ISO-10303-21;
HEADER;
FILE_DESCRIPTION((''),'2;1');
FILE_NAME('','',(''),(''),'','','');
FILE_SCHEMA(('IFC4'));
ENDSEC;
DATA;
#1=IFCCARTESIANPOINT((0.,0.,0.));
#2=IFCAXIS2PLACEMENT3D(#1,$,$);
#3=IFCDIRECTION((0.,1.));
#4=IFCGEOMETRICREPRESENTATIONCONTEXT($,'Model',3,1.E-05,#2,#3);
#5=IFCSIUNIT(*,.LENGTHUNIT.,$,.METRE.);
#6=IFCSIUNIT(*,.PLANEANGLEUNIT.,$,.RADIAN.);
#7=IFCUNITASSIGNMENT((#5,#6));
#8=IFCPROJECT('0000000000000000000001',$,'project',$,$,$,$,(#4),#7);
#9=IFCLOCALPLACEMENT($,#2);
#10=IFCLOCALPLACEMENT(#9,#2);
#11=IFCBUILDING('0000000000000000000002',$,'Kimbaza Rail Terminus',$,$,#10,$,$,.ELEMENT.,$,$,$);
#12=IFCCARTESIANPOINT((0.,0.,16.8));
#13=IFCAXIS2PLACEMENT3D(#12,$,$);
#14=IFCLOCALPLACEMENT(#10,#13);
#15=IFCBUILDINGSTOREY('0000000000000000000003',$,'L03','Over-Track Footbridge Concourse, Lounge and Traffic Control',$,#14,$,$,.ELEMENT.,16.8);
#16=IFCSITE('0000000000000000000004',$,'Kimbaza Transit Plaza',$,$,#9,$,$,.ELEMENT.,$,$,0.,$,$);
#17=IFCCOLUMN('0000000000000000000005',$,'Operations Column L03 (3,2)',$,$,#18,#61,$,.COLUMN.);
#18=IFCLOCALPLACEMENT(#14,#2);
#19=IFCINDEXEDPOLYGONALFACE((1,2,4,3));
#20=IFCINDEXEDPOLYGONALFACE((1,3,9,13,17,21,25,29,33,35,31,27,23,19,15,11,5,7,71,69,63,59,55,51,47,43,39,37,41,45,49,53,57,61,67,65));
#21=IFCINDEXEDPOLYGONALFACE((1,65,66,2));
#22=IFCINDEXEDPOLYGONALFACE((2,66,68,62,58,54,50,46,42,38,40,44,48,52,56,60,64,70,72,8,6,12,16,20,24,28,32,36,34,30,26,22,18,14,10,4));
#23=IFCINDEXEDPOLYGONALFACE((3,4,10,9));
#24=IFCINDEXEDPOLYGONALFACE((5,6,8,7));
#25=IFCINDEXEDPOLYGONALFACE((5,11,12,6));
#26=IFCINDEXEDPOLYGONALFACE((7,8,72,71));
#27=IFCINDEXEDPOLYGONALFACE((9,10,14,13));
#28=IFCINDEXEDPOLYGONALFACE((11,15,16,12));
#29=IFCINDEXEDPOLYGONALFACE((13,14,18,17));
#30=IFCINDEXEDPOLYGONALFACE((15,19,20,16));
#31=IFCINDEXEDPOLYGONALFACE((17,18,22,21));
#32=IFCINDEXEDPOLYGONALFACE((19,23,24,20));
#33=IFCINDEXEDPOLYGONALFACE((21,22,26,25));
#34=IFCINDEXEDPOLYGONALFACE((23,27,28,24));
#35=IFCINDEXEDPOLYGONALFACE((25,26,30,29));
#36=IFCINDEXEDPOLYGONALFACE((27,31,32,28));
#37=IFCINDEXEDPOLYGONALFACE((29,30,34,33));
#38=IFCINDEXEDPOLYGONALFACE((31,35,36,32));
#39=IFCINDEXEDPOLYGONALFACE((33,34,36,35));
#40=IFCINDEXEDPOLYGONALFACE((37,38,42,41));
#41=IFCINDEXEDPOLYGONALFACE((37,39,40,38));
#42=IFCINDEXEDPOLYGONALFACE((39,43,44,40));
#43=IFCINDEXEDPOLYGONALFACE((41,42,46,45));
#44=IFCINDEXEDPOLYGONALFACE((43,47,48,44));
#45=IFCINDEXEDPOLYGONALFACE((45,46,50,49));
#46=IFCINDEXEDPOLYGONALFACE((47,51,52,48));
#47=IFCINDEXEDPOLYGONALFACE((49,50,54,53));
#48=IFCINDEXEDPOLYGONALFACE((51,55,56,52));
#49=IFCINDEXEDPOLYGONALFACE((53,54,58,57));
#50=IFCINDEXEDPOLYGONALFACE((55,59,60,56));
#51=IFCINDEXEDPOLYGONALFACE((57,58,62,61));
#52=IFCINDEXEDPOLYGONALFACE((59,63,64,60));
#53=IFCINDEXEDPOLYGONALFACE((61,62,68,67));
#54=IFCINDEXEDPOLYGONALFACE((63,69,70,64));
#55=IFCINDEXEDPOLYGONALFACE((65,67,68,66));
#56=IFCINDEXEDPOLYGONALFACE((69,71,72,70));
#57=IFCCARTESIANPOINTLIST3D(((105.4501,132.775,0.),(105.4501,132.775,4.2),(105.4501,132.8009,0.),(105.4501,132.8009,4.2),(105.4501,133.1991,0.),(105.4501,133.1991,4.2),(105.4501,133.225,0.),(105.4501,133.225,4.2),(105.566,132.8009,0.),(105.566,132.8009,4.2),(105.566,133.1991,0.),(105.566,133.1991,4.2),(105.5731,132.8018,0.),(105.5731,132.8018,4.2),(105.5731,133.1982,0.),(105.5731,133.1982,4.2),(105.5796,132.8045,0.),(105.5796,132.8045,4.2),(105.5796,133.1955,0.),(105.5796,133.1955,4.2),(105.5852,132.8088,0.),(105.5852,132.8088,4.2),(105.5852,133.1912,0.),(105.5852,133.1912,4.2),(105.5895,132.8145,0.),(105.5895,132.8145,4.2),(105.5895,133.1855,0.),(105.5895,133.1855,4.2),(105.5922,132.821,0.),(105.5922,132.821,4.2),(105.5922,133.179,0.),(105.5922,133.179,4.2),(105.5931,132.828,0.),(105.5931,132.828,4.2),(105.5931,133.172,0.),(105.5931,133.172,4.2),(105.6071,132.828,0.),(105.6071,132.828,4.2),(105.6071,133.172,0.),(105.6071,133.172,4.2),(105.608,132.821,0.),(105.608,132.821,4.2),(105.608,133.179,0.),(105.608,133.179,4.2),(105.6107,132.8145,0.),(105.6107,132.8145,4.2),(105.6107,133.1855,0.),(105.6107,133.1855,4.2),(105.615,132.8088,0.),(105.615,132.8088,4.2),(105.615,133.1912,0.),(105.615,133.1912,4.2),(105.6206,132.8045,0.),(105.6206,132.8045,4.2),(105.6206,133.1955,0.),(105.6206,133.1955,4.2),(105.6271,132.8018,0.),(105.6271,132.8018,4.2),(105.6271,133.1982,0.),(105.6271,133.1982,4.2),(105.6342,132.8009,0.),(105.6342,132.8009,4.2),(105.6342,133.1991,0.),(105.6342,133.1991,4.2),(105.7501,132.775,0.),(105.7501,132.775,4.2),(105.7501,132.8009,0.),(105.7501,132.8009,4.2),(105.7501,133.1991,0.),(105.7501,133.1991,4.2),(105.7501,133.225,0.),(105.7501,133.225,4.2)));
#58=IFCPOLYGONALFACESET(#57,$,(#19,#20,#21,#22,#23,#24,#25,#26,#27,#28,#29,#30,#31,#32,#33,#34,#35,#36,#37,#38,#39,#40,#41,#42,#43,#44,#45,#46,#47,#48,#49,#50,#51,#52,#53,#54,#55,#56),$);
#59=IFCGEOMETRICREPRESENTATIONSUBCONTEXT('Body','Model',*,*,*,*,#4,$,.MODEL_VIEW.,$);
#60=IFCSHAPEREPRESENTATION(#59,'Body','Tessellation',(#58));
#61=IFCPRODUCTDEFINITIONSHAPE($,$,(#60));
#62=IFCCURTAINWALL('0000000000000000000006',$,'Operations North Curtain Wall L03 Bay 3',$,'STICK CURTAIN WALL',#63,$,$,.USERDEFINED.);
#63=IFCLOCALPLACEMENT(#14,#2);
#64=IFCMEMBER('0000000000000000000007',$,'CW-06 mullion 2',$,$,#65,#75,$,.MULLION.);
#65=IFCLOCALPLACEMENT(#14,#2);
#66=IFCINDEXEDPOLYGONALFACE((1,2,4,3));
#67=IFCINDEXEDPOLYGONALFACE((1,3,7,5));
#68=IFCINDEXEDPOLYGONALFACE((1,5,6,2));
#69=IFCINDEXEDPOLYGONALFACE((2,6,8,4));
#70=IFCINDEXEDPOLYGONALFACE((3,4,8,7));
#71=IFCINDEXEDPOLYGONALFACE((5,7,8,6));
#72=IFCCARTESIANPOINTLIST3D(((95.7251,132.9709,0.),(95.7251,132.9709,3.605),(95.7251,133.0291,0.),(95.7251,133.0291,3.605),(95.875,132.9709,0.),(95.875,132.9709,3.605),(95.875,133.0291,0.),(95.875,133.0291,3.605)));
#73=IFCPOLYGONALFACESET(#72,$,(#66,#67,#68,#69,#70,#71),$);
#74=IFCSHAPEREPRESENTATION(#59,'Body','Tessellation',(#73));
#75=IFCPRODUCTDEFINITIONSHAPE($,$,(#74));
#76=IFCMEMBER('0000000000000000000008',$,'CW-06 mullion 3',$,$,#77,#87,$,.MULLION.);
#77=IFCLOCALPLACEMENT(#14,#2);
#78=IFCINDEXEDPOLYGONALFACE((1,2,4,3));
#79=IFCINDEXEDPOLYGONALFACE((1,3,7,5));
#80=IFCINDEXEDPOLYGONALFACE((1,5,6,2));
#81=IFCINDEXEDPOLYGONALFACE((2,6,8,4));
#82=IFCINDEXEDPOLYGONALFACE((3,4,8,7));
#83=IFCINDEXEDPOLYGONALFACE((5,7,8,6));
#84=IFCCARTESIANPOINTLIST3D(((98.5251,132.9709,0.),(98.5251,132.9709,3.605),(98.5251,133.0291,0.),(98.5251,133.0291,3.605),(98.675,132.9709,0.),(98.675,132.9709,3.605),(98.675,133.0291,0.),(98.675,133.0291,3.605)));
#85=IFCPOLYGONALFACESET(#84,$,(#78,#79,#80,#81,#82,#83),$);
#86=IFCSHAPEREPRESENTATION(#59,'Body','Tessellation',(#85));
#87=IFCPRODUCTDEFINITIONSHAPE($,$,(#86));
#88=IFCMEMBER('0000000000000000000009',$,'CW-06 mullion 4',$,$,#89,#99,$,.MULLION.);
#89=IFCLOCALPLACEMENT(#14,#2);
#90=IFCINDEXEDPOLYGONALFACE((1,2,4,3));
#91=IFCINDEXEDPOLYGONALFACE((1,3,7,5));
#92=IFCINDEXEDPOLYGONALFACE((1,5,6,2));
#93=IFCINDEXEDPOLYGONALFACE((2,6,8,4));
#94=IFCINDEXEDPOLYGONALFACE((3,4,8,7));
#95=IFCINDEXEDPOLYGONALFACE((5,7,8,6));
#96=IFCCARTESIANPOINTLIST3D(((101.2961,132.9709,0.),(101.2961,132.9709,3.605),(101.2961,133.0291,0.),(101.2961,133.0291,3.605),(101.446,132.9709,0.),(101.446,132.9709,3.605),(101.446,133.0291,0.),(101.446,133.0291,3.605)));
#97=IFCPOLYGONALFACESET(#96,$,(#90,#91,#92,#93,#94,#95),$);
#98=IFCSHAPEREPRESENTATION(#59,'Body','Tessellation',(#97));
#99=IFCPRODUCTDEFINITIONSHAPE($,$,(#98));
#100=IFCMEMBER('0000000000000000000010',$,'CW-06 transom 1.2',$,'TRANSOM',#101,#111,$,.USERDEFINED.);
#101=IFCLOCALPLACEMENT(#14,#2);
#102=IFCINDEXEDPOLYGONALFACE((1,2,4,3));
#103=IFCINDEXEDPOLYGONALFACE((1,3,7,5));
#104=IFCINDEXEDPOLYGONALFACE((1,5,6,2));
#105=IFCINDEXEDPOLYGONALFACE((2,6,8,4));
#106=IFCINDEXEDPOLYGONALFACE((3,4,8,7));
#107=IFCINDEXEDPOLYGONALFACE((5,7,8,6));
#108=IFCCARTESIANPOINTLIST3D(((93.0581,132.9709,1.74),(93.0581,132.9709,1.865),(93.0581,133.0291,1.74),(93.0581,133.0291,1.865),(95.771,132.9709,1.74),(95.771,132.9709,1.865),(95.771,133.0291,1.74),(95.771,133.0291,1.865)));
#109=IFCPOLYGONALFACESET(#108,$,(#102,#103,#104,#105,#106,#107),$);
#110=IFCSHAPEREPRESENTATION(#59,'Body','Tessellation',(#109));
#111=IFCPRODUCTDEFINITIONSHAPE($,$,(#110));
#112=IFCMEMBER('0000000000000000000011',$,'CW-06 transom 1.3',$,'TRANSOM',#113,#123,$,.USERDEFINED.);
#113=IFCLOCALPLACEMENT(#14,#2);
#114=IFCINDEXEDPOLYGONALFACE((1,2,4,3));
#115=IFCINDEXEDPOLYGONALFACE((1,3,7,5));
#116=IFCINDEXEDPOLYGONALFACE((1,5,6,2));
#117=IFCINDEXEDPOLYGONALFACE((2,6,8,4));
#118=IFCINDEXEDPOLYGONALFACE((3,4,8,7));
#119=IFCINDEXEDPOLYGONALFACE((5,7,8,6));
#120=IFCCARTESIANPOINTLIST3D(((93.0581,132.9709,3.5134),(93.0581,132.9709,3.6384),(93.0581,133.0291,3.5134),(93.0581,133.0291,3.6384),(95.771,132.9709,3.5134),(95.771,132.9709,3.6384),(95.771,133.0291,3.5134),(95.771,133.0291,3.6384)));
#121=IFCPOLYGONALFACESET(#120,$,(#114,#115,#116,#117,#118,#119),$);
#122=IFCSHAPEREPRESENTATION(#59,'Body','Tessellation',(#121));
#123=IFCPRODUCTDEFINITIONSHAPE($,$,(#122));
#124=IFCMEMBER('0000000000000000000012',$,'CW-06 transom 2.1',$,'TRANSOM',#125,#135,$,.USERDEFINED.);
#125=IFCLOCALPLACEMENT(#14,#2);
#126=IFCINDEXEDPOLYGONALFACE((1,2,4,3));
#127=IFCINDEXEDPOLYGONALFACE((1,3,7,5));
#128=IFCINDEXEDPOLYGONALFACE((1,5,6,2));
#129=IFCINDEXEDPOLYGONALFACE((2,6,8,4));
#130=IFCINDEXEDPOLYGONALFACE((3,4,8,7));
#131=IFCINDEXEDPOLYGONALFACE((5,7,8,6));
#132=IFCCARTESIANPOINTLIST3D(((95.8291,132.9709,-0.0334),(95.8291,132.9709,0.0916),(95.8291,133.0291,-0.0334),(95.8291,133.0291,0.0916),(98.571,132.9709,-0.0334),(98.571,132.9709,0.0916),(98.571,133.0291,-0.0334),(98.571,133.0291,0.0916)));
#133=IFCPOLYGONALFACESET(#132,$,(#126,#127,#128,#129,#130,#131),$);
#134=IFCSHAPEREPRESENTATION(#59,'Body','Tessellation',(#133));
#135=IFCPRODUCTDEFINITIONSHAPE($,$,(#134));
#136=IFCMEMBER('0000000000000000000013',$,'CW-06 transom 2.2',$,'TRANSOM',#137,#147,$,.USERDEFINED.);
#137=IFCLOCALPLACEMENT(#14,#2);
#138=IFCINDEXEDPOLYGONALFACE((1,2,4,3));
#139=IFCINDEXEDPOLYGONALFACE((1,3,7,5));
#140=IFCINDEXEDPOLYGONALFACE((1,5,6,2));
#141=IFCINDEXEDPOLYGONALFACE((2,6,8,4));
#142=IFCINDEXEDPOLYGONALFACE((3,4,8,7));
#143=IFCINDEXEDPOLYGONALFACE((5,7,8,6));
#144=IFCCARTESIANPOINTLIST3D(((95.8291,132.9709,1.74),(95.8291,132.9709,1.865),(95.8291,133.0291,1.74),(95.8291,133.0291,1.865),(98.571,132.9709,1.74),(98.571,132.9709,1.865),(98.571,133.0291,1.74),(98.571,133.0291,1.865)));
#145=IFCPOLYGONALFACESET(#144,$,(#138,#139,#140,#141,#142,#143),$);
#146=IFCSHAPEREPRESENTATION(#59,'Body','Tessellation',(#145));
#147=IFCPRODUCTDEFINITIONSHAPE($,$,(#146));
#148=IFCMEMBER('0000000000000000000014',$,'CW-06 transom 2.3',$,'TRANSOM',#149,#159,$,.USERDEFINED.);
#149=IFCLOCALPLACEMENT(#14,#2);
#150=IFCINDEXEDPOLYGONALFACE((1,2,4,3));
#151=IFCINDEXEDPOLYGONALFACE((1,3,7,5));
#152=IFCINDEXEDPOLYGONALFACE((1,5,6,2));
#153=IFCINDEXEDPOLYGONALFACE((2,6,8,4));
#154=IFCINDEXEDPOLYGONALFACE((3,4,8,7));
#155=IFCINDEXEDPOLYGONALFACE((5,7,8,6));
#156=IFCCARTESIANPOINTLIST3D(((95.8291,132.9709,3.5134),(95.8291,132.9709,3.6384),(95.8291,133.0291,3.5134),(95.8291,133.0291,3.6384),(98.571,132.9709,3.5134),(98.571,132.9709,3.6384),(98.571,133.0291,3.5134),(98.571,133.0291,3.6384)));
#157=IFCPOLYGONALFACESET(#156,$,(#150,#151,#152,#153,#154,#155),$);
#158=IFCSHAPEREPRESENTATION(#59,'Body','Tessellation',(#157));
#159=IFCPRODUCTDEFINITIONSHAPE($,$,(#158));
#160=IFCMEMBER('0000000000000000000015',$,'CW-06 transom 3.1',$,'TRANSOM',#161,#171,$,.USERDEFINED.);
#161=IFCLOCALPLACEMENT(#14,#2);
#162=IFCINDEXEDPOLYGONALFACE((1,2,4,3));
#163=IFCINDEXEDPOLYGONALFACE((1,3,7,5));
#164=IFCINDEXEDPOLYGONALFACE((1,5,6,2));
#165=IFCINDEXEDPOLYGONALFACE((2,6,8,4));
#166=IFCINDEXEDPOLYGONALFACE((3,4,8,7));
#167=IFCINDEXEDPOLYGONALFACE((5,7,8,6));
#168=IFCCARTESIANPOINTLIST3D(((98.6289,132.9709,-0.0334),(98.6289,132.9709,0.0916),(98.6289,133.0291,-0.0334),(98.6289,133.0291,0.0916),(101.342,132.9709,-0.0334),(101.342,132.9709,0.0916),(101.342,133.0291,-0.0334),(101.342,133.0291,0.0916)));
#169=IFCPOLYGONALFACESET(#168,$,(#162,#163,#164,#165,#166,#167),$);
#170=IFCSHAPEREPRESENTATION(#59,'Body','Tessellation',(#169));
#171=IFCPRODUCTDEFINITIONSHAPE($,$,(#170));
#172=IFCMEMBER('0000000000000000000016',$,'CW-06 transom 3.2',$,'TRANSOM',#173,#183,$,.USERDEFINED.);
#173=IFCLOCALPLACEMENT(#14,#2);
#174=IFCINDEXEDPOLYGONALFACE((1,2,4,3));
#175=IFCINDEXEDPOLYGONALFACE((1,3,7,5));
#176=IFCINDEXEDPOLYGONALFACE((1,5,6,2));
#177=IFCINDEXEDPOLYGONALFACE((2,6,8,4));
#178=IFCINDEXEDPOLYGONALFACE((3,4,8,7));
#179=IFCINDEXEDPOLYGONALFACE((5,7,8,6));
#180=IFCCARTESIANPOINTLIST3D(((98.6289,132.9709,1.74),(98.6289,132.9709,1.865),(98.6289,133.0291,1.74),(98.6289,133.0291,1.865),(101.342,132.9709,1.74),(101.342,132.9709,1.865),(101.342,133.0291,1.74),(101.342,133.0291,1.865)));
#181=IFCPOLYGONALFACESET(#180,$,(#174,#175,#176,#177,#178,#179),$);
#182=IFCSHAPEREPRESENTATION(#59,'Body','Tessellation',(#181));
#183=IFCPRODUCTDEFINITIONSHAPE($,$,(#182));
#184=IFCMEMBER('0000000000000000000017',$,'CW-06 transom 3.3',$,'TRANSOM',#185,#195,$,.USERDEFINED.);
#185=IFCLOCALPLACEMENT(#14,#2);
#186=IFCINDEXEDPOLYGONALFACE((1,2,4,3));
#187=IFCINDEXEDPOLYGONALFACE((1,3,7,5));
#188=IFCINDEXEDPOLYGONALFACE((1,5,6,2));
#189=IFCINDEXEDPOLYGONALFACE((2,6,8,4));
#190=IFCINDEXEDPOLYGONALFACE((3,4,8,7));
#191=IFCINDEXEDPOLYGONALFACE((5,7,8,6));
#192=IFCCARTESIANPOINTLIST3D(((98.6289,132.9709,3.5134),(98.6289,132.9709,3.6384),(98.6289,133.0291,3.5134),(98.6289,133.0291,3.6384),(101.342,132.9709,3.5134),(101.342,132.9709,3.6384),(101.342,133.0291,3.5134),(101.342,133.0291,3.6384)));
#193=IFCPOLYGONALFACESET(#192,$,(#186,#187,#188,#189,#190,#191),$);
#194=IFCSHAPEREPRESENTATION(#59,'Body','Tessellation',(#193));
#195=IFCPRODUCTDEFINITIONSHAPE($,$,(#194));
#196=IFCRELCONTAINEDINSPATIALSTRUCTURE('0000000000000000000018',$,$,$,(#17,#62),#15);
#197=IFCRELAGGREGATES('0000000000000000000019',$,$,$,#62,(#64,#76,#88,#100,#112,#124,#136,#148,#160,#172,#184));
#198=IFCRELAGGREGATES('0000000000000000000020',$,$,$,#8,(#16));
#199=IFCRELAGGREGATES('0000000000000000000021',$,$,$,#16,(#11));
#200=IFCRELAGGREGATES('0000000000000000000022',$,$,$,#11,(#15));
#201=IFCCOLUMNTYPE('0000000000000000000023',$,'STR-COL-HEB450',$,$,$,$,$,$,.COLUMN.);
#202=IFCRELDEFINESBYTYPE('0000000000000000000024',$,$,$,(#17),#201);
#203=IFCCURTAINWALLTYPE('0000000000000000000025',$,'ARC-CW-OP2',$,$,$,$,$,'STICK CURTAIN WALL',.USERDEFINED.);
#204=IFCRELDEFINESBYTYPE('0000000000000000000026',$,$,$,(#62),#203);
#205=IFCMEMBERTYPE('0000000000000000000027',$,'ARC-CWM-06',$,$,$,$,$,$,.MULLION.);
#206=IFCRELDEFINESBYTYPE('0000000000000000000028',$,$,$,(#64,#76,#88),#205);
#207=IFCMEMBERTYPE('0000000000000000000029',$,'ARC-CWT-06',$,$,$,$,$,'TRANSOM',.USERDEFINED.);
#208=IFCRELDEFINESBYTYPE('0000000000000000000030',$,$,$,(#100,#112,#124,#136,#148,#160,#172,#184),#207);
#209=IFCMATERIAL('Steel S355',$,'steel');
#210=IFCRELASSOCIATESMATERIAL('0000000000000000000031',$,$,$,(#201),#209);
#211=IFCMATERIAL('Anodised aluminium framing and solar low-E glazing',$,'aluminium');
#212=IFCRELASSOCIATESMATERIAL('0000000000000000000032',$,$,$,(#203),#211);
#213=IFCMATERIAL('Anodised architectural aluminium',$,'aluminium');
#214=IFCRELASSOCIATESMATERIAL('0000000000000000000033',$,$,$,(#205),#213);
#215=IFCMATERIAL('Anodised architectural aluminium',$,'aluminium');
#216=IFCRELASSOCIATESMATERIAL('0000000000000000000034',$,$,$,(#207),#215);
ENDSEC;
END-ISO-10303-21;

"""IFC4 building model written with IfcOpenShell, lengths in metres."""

from ifc_helpers import new_model, si_unit, direction, frame, origin, origin_2d, place, context, subcontext, project, spatial, rectangle, i_section, extrude, material, material_profile, profile_set, type_object, element, aggregate, save


model = new_model("IFC4")

# Units and contexts
model_context = context("Model", 3, precision=1e-05, world=origin(), true_north=direction((0.0, 1.0)))
body_context = subcontext(model_context, "Body", "Model", "MODEL_VIEW")
ifc_project = project(units=[si_unit("LENGTHUNIT", "METRE"), si_unit("PLANEANGLEUNIT", "RADIAN")], contexts=[model_context])

# Site, building, storey
site_placement = place(None, origin())
site = spatial("IfcSite", under=ifc_project, at=site_placement, Name="Kimbaza Transit Plaza", CompositionType="ELEMENT", RefElevation=0.0)
building_placement = place(site_placement, origin())
building = spatial("IfcBuilding", under=site, at=building_placement, Name="Kimbaza Rail Terminus", CompositionType="ELEMENT")
storey_placement = place(building_placement, frame((0.0, 0.0, 16.8)))
storey = spatial("IfcBuildingStorey", under=building, at=storey_placement, Name="L03", Description="Over-Track Footbridge Concourse, Lounge and Traffic Control", CompositionType="ELEMENT", Elevation=16.8)

# Column
ifc_material_1 = material(Name="Steel S355", Category="steel")
ifc_material_profile_1 = material_profile(ifc_material_1, i_section(OverallWidth=0.3, OverallDepth=0.45, WebThickness=0.0139, FlangeThickness=0.0259, FilletRadius=0.0271, at=origin_2d()), Name="HEB 450")
ifc_profile_set_1 = profile_set([ifc_material_profile_1], Name="Steel S355")
column_type = type_object("IfcColumnType", Name="STR-COL-HEB450", PredefinedType="COLUMN", material=ifc_profile_set_1)
column_placement = place(storey_placement, frame((105.6001, 133.0, 0.0), z_axis=(0.0, 0.0, 1.0), x_axis=(1.0, 0.0, 0.0)))
element("IfcColumn", 1, at=column_placement, inside=storey, type_object=column_type, Name="Operations Column L03 (3,2)", PredefinedType="COLUMN", context=body_context, shape_type="SweptSolid", body=[
    extrude(i_section(OverallWidth=0.3, OverallDepth=0.45, WebThickness=0.0139, FlangeThickness=0.0259, FilletRadius=0.0271, at=origin_2d()), origin(), (0.0, 0.0, 1.0), 4.2),
])

# Curtain wall, members
ifc_material_2 = material(Name="Anodised aluminium framing and solar low-E glazing", Category="aluminium")
curtain_wall_type = type_object("IfcCurtainWallType", Name="ARC-CW-OP2", ElementType="STICK CURTAIN WALL", PredefinedType="USERDEFINED", material=ifc_material_2)
curtain_wall_placement = place(storey_placement, origin())
curtain_wall = element("IfcCurtainWall", 2, at=curtain_wall_placement, inside=storey, type_object=curtain_wall_type, Name="Operations North Curtain Wall L03 Bay 3", ObjectType="STICK CURTAIN WALL", PredefinedType="USERDEFINED")
ifc_material_3 = material(Name="Anodised architectural aluminium", Category="aluminium")
ifc_material_profile_2 = material_profile(ifc_material_3, rectangle(XDim=0.0581, YDim=0.1499, at=origin_2d()), Name="MULLION 58x150")
ifc_profile_set_2 = profile_set([ifc_material_profile_2], Name="Anodised architectural aluminium")
member_type_1 = type_object("IfcMemberType", Name="ARC-CWM-06", PredefinedType="MULLION", material=ifc_profile_set_2)
member_1_placement = place(storey_placement, frame((95.8, 133.0, 0.0), z_axis=(0.0, 0.0, 1.0), x_axis=(0.0, 1.0, 0.0)))
member_1 = element("IfcMember", 3, at=member_1_placement, type_object=member_type_1, Name="CW-06 mullion 2", PredefinedType="MULLION", context=body_context, shape_type="SweptSolid", body=[
    extrude(rectangle(XDim=0.0581, YDim=0.1499, at=origin_2d()), origin(), (0.0, 0.0, 1.0), 3.605),
])
member_2_placement = place(storey_placement, frame((98.6001, 133.0, 0.0), z_axis=(0.0, 0.0, 1.0), x_axis=(0.0, 1.0, 0.0)))
member_2 = element("IfcMember", 4, at=member_2_placement, type_object=member_type_1, Name="CW-06 mullion 3", PredefinedType="MULLION", context=body_context, shape_type="SweptSolid", body=[
    extrude(rectangle(XDim=0.0581, YDim=0.1499, at=origin_2d()), origin(), (0.0, 0.0, 1.0), 3.605),
])
member_3_placement = place(storey_placement, frame((101.3711, 133.0, 0.0), z_axis=(0.0, 0.0, 1.0), x_axis=(0.0, 1.0, 0.0)))
member_3 = element("IfcMember", 5, at=member_3_placement, type_object=member_type_1, Name="CW-06 mullion 4", PredefinedType="MULLION", context=body_context, shape_type="SweptSolid", body=[
    extrude(rectangle(XDim=0.0581, YDim=0.1499, at=origin_2d()), origin(), (0.0, 0.0, 1.0), 3.605),
])
ifc_material_4 = material(Name="Anodised architectural aluminium", Category="aluminium")
ifc_material_profile_3 = material_profile(ifc_material_4, rectangle(XDim=0.0581, YDim=0.125, at=origin_2d()), Name="TRANSOM 58x125")
ifc_profile_set_3 = profile_set([ifc_material_profile_3], Name="Anodised architectural aluminium")
member_type_2 = type_object("IfcMemberType", Name="ARC-CWT-06", ElementType="TRANSOM", PredefinedType="USERDEFINED", material=ifc_profile_set_3)
member_4_placement = place(storey_placement, frame((93.0581, 133.0, 1.8025), z_axis=(1.0, 0.0, 0.0), x_axis=(0.0, 1.0, 0.0)))
member_4 = element("IfcMember", 6, at=member_4_placement, type_object=member_type_2, Name="CW-06 transom 1.2", ObjectType="TRANSOM", PredefinedType="USERDEFINED", context=body_context, shape_type="SweptSolid", body=[
    extrude(rectangle(XDim=0.0581, YDim=0.125, at=origin_2d()), origin(), (0.0, 0.0, 1.0), 2.7129),
])
member_5_placement = place(storey_placement, frame((93.0581, 133.0, 3.5759), z_axis=(1.0, 0.0, 0.0), x_axis=(0.0, 1.0, 0.0)))
member_5 = element("IfcMember", 7, at=member_5_placement, type_object=member_type_2, Name="CW-06 transom 1.3", ObjectType="TRANSOM", PredefinedType="USERDEFINED", context=body_context, shape_type="SweptSolid", body=[
    extrude(rectangle(XDim=0.0581, YDim=0.125, at=origin_2d()), origin(), (0.0, 0.0, 1.0), 2.7129),
])
member_6_placement = place(storey_placement, frame((95.8291, 133.0, 0.0291), z_axis=(1.0, 0.0, 0.0), x_axis=(0.0, 1.0, 0.0)))
member_6 = element("IfcMember", 8, at=member_6_placement, type_object=member_type_2, Name="CW-06 transom 2.1", ObjectType="TRANSOM", PredefinedType="USERDEFINED", context=body_context, shape_type="SweptSolid", body=[
    extrude(rectangle(XDim=0.0581, YDim=0.125, at=origin_2d()), origin(), (0.0, 0.0, 1.0), 2.7419),
])
member_7_placement = place(storey_placement, frame((95.8291, 133.0, 1.8025), z_axis=(1.0, 0.0, 0.0), x_axis=(0.0, 1.0, 0.0)))
member_7 = element("IfcMember", 9, at=member_7_placement, type_object=member_type_2, Name="CW-06 transom 2.2", ObjectType="TRANSOM", PredefinedType="USERDEFINED", context=body_context, shape_type="SweptSolid", body=[
    extrude(rectangle(XDim=0.0581, YDim=0.125, at=origin_2d()), origin(), (0.0, 0.0, 1.0), 2.7419),
])
member_8_placement = place(storey_placement, frame((95.8291, 133.0, 3.5759), z_axis=(1.0, 0.0, 0.0), x_axis=(0.0, 1.0, 0.0)))
member_8 = element("IfcMember", 10, at=member_8_placement, type_object=member_type_2, Name="CW-06 transom 2.3", ObjectType="TRANSOM", PredefinedType="USERDEFINED", context=body_context, shape_type="SweptSolid", body=[
    extrude(rectangle(XDim=0.0581, YDim=0.125, at=origin_2d()), origin(), (0.0, 0.0, 1.0), 2.7419),
])
member_9_placement = place(storey_placement, frame((98.6289, 133.0, 0.0291), z_axis=(1.0, 0.0, 0.0), x_axis=(0.0, 1.0, 0.0)))
member_9 = element("IfcMember", 11, at=member_9_placement, type_object=member_type_2, Name="CW-06 transom 3.1", ObjectType="TRANSOM", PredefinedType="USERDEFINED", context=body_context, shape_type="SweptSolid", body=[
    extrude(rectangle(XDim=0.0581, YDim=0.125, at=origin_2d()), origin(), (0.0, 0.0, 1.0), 2.7131),
])
member_10_placement = place(storey_placement, frame((98.6289, 133.0, 1.8025), z_axis=(1.0, 0.0, 0.0), x_axis=(0.0, 1.0, 0.0)))
member_10 = element("IfcMember", 12, at=member_10_placement, type_object=member_type_2, Name="CW-06 transom 3.2", ObjectType="TRANSOM", PredefinedType="USERDEFINED", context=body_context, shape_type="SweptSolid", body=[
    extrude(rectangle(XDim=0.0581, YDim=0.125, at=origin_2d()), origin(), (0.0, 0.0, 1.0), 2.7131),
])
member_11_placement = place(storey_placement, frame((98.6289, 133.0, 3.5759), z_axis=(1.0, 0.0, 0.0), x_axis=(0.0, 1.0, 0.0)))
member_11 = element("IfcMember", 13, at=member_11_placement, type_object=member_type_2, Name="CW-06 transom 3.3", ObjectType="TRANSOM", PredefinedType="USERDEFINED", context=body_context, shape_type="SweptSolid", body=[
    extrude(rectangle(XDim=0.0581, YDim=0.125, at=origin_2d()), origin(), (0.0, 0.0, 1.0), 2.7131),
])

aggregate(curtain_wall, [member_1, member_2, member_3, member_4, member_5, member_6, member_7, member_8, member_9, member_10, member_11])

save(model, "model.ifc")
